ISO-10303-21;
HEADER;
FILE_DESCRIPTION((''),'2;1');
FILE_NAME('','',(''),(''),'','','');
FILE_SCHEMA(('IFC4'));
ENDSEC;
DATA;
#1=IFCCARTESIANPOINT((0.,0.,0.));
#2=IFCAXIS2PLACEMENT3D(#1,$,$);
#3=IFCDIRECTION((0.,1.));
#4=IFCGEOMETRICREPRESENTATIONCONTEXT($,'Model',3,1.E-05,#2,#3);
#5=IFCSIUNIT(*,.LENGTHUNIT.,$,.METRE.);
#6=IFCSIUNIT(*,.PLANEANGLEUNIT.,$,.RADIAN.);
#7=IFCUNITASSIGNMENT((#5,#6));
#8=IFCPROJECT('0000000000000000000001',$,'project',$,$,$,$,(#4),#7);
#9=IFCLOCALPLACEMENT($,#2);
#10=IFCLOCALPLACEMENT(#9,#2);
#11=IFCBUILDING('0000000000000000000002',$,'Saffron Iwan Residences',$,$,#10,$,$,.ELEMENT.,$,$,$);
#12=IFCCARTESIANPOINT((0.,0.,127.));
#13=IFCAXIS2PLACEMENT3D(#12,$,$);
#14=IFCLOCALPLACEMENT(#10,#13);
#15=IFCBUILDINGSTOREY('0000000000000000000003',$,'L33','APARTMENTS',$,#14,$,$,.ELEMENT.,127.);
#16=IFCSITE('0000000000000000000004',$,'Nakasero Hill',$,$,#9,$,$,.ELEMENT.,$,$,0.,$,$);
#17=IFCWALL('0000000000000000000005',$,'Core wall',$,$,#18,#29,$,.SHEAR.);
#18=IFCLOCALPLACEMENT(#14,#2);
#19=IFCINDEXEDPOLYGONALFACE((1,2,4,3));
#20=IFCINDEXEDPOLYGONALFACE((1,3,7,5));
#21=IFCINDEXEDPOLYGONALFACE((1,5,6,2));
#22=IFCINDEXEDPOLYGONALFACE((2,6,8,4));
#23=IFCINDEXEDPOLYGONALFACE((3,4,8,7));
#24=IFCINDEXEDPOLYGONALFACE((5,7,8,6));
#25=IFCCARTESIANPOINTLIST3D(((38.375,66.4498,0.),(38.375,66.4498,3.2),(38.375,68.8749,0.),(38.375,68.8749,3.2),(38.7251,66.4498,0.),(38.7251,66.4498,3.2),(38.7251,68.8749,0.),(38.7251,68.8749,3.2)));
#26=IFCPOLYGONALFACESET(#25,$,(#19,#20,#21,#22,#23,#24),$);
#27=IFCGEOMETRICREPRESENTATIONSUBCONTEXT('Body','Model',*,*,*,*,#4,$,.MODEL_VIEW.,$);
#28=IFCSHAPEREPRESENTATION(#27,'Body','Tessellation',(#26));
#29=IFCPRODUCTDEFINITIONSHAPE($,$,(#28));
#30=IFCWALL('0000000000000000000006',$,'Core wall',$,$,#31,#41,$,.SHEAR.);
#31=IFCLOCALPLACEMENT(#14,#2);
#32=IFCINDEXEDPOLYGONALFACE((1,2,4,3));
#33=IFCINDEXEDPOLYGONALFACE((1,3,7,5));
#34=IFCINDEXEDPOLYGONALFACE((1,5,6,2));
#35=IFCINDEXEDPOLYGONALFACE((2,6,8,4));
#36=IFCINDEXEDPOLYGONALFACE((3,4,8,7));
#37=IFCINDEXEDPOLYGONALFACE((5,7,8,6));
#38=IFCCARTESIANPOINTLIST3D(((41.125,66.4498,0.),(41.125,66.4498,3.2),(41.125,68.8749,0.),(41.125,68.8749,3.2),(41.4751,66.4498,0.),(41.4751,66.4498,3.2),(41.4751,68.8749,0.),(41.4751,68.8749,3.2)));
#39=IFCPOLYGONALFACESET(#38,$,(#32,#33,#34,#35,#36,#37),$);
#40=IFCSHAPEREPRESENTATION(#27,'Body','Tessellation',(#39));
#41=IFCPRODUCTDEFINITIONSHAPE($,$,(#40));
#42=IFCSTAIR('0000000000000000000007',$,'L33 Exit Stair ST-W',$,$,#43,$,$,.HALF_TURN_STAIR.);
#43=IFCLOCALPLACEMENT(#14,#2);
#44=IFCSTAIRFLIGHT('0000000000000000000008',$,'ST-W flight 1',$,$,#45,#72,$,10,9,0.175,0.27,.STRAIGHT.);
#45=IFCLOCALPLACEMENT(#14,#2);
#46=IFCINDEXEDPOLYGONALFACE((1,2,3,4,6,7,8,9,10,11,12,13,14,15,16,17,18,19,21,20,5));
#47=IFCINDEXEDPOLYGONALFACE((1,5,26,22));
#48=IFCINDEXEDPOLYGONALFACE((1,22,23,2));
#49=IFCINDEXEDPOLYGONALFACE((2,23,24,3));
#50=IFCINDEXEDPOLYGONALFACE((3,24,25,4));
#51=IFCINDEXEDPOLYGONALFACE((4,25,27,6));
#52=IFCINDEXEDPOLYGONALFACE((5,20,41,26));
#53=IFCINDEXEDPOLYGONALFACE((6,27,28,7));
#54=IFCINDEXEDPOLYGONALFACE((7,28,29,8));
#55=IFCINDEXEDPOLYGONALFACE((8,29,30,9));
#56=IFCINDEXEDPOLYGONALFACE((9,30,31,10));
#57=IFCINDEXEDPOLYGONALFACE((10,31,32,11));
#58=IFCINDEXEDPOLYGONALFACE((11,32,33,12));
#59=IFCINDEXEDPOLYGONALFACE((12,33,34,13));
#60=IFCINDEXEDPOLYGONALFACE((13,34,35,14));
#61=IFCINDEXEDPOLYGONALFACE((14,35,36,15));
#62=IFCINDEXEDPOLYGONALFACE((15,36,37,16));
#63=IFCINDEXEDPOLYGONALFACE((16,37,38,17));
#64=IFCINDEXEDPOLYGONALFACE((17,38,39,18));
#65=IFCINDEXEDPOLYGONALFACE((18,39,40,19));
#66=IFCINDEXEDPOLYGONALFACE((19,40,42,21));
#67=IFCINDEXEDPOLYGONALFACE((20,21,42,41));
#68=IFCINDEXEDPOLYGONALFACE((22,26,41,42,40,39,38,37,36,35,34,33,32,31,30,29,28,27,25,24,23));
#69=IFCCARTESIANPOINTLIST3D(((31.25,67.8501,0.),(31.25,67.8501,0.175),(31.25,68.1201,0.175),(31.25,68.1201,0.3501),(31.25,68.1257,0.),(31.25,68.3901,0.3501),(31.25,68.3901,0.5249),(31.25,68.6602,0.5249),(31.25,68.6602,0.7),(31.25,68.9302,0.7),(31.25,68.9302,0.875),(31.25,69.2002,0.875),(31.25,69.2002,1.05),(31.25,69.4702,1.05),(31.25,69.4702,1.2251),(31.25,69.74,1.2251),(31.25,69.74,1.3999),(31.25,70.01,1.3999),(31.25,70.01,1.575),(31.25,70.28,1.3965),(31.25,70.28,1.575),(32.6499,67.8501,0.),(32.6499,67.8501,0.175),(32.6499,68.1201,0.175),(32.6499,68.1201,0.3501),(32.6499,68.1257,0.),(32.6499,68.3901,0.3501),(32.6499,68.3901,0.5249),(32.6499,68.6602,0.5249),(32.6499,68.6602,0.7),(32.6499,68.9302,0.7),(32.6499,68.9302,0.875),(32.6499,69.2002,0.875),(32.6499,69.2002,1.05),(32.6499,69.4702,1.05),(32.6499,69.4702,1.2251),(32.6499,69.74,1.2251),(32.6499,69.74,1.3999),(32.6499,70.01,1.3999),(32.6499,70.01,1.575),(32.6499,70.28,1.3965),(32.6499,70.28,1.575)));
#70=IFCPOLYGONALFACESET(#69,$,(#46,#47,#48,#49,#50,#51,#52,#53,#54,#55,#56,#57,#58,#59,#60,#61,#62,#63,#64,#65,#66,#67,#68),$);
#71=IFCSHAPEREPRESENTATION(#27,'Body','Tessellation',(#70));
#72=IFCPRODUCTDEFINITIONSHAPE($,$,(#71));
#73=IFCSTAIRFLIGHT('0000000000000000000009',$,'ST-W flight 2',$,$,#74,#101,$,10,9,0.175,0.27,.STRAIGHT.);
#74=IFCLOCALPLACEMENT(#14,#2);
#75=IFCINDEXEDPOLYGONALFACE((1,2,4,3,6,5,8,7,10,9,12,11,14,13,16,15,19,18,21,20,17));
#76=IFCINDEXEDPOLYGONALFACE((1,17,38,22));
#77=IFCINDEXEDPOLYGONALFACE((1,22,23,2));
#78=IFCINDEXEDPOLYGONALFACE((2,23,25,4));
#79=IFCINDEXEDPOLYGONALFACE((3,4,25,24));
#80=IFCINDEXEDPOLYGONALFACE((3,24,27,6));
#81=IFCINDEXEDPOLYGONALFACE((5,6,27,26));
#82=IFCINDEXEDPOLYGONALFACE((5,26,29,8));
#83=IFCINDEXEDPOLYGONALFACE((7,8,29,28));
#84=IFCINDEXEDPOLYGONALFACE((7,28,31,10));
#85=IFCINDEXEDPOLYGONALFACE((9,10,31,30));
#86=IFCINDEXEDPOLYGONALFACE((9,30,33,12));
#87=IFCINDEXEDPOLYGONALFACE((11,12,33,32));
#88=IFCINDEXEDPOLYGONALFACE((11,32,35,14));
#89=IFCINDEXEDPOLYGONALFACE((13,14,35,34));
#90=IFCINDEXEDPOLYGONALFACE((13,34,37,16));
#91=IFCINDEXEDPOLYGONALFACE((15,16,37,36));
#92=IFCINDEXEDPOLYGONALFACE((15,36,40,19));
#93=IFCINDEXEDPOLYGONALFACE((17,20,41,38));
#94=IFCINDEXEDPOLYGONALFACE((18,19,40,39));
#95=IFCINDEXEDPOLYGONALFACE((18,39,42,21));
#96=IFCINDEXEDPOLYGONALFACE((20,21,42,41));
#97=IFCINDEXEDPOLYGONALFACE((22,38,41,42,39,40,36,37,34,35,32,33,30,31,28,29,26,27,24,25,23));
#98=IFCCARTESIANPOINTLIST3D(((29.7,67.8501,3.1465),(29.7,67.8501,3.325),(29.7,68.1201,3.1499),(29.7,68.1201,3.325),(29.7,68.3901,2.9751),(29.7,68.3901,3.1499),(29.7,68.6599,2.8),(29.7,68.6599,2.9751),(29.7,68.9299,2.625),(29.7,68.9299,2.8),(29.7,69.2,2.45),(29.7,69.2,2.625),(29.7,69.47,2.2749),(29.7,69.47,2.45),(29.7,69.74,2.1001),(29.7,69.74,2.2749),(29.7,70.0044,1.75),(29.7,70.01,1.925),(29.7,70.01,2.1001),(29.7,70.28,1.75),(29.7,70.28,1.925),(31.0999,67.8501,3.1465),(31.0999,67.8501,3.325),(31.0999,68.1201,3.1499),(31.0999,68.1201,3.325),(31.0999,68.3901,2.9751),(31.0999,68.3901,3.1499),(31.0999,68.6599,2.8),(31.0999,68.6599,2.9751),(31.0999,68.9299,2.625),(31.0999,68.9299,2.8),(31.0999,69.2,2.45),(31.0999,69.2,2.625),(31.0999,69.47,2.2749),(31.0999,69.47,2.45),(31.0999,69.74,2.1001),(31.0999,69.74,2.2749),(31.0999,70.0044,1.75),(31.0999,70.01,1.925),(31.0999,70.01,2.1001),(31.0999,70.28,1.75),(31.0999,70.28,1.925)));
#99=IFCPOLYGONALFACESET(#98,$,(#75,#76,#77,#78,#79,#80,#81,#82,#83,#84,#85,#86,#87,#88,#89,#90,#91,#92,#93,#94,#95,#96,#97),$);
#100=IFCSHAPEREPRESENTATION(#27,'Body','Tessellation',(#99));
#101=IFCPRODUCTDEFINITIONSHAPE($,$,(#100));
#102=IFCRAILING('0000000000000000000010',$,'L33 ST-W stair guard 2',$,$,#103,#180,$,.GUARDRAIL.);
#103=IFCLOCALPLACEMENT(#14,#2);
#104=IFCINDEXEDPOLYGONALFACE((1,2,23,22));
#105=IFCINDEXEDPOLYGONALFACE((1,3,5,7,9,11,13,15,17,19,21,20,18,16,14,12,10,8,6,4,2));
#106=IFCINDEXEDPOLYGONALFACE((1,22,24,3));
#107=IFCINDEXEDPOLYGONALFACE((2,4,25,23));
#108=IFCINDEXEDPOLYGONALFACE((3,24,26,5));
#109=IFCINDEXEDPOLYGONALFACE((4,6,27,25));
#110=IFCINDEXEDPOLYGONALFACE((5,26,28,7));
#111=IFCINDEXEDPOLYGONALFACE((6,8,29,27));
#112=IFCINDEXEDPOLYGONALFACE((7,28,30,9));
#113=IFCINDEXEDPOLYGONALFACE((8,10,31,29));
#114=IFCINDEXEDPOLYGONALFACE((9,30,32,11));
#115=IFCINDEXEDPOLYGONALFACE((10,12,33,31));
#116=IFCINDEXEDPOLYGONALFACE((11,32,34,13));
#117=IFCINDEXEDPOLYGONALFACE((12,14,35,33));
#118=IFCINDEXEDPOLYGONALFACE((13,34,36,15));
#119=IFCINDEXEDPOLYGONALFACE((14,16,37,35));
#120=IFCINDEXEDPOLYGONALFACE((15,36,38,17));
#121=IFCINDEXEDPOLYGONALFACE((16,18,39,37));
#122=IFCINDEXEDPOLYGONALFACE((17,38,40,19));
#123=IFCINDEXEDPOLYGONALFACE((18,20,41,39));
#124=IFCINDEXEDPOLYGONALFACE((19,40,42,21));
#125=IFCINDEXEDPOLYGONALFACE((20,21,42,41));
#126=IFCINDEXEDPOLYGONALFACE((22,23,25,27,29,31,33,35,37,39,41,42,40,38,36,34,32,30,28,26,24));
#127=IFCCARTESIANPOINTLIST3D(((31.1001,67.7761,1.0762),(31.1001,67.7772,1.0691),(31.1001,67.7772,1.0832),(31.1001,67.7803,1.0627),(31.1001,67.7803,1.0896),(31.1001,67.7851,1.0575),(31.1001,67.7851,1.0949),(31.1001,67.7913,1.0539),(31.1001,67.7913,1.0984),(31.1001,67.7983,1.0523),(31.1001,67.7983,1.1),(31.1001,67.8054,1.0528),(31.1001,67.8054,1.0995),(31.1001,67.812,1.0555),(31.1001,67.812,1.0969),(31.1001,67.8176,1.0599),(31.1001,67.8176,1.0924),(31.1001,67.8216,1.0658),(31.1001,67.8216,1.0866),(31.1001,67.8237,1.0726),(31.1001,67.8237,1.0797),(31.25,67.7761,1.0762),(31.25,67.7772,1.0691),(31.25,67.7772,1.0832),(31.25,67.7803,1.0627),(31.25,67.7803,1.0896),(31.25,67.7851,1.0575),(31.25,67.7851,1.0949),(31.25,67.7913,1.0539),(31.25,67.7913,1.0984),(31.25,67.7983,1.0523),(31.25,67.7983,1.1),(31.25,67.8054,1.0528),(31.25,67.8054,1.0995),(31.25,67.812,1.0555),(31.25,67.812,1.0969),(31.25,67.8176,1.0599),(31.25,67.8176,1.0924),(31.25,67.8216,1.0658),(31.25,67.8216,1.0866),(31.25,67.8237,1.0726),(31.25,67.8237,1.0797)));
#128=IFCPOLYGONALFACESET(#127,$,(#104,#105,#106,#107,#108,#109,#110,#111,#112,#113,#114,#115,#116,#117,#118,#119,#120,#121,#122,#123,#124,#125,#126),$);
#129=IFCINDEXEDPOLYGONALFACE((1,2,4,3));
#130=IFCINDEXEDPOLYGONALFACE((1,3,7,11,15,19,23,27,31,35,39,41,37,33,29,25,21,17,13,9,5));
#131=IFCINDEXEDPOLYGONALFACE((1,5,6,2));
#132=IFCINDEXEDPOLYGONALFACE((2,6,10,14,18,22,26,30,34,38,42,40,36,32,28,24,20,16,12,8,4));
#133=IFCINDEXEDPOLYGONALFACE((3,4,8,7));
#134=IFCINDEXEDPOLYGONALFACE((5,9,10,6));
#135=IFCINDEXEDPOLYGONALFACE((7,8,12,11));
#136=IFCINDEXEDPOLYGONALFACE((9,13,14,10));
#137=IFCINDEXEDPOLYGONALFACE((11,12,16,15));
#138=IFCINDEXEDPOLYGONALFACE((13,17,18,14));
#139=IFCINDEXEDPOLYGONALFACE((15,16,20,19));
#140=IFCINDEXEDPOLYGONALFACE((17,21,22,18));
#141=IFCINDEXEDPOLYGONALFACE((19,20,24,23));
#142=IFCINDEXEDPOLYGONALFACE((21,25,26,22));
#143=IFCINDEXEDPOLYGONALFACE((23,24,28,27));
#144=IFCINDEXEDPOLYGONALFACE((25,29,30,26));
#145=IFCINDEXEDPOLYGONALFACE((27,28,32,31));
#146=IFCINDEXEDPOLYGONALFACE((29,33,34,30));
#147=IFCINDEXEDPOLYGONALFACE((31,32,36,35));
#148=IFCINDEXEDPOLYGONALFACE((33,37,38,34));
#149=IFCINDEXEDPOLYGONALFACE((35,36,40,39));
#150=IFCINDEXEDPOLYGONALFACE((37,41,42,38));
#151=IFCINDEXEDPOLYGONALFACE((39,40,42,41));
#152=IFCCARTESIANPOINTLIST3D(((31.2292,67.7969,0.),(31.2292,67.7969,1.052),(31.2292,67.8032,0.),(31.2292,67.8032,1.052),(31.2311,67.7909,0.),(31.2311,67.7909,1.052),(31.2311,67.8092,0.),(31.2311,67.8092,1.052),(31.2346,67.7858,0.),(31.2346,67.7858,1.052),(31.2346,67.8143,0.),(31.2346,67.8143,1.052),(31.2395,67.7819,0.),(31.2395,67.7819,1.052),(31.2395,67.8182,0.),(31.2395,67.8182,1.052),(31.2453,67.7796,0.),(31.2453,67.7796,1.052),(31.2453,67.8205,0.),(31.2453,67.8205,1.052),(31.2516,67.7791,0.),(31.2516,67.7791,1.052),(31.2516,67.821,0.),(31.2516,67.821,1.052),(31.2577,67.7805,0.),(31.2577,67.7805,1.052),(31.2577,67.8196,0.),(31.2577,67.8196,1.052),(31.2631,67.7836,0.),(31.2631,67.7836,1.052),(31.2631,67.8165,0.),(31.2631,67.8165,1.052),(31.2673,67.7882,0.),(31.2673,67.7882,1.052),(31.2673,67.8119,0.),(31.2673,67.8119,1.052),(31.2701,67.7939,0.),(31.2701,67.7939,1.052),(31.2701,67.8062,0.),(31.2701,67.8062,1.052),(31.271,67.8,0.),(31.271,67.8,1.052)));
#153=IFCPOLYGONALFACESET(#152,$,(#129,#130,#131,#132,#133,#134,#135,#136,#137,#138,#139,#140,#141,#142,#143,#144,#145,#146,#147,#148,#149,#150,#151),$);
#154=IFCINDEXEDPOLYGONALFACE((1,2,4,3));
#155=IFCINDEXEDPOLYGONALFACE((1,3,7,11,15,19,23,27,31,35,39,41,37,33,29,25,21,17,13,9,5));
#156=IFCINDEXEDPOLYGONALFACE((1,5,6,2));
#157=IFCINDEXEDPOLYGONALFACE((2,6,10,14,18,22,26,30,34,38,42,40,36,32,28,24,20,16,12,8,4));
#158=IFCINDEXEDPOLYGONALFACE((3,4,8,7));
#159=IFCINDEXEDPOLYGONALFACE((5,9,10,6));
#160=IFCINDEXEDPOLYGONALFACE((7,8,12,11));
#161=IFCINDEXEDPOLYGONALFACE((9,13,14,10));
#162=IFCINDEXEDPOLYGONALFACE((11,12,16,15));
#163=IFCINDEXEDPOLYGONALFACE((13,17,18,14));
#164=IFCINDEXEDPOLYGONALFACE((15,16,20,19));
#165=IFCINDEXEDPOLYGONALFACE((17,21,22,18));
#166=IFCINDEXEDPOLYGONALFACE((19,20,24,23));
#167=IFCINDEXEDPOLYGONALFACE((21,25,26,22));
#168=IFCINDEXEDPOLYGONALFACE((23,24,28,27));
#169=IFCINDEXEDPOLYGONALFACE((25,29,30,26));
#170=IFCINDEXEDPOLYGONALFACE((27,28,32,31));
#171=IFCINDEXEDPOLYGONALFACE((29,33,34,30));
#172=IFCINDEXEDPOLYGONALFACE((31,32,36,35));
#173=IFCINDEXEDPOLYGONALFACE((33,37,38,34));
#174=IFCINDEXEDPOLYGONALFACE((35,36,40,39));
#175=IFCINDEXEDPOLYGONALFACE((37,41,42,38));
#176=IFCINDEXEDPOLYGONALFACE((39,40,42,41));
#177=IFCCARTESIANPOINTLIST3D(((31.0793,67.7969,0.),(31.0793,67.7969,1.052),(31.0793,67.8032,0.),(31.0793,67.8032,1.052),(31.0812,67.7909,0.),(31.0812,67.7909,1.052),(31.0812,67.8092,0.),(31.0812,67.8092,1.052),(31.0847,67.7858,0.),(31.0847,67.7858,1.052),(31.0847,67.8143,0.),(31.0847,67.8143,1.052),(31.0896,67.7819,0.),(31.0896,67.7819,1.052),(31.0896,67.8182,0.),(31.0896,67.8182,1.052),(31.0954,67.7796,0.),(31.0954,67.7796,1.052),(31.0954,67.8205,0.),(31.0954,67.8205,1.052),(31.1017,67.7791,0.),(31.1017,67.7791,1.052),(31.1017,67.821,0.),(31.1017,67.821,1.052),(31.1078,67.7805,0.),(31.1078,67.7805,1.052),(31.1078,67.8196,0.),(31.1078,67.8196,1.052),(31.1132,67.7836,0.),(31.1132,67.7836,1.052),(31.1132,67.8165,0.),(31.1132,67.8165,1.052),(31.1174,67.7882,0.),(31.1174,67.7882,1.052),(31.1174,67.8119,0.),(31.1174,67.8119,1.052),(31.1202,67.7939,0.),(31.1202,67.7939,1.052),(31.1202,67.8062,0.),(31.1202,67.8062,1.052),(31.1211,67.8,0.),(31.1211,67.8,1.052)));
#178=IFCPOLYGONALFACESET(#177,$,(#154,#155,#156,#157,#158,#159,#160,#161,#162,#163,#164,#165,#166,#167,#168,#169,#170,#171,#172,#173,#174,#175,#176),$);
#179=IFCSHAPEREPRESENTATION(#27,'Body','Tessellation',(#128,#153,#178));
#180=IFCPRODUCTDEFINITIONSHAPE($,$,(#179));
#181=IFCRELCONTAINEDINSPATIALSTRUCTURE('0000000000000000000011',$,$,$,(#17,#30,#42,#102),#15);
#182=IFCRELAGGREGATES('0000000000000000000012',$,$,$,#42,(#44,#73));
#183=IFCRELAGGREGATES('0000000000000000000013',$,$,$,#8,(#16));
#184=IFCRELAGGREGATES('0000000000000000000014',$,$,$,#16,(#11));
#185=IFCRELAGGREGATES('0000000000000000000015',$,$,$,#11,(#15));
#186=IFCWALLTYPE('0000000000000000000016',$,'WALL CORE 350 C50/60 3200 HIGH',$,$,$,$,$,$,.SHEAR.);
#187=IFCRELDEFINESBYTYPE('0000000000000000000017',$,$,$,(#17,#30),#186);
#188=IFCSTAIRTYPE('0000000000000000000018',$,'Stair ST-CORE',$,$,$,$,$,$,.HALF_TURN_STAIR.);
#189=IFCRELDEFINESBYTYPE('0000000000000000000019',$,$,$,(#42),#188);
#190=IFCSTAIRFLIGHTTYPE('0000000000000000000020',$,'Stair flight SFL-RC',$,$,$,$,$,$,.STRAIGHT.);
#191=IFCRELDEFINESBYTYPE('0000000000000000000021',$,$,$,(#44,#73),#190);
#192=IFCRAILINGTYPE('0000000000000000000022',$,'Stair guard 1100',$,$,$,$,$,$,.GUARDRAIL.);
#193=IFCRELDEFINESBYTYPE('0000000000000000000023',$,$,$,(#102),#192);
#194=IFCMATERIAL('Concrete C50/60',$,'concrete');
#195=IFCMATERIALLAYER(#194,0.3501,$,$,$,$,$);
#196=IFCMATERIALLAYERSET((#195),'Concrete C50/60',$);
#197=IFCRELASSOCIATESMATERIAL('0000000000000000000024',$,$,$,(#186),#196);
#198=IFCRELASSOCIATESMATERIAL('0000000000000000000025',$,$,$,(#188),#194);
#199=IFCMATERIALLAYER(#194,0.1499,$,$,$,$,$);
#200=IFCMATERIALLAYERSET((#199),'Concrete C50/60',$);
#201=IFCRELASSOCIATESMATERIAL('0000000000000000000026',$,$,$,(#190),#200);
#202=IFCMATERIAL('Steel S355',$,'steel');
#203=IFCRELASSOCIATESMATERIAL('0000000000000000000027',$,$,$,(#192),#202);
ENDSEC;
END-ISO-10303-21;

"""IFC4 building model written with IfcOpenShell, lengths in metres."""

from ifc_helpers import new_model, si_unit, direction, frame, frame_2d, origin, origin_2d, place, context, subcontext, project, spatial, polyline, rectangle, circle, outline, extrude, material, layer, layer_set, type_object, element, aggregate, save


model = new_model("IFC4")

# Units and contexts
model_context = context("Model", 3, precision=1e-05, world=origin(), true_north=direction((0.0, 1.0)))
body_context = subcontext(model_context, "Body", "Model", "MODEL_VIEW")
ifc_project = project(units=[si_unit("LENGTHUNIT", "METRE"), si_unit("PLANEANGLEUNIT", "RADIAN")], contexts=[model_context])

# Site, building, storey
site_placement = place(None, origin())
site = spatial("IfcSite", under=ifc_project, at=site_placement, Name="Nakasero Hill", CompositionType="ELEMENT", RefElevation=0.0)
building_placement = place(site_placement, origin())
building = spatial("IfcBuilding", under=site, at=building_placement, Name="Saffron Iwan Residences", CompositionType="ELEMENT")
storey_placement = place(building_placement, frame((0.0, 0.0, 127.0)))
storey = spatial("IfcBuildingStorey", under=building, at=storey_placement, Name="L33", Description="APARTMENTS", CompositionType="ELEMENT", Elevation=127.0)

# Shared definitions
ifc_material_1 = material(Name="Concrete C50/60", Category="concrete")

# Shared definitions
ifc_layer_1 = layer(ifc_material_1, 0.3501)
ifc_layer_set_1 = layer_set([ifc_layer_1], Name="Concrete C50/60")
wall_type = type_object("IfcWallType", Name="WALL CORE 350 C50/60 3200 HIGH", PredefinedType="SHEAR", material=ifc_layer_set_1)

# Walls
for number, where, z_axis, x_axis, name in (
    (1, (38.55, 66.45, 0.0), (0.0, 0.0, 1.0), (0.0, 1.0, 0.0), "Core wall"),
    (2, (41.3, 66.45, 0.0), (0.0, 0.0, 1.0), (0.0, 1.0, 0.0), "Core wall"),
):
    element("IfcWall", number, at=place(storey_placement, frame(where, z_axis=z_axis, x_axis=x_axis)), inside=storey, type_object=wall_type, Name=name, PredefinedType="SHEAR", context=body_context, shape_type="SweptSolid", body=[
        extrude(rectangle(XDim=2.425, YDim=0.3501, at=frame_2d((1.2124, 0.0))), origin(), (0.0, 0.0, 1.0), 3.2),
    ])

# Stair, stair flights
stair_type = type_object("IfcStairType", Name="Stair ST-CORE", PredefinedType="HALF_TURN_STAIR", material=ifc_material_1)
stair_placement = place(storey_placement, origin())
stair = element("IfcStair", 3, at=stair_placement, inside=storey, type_object=stair_type, Name="L33 Exit Stair ST-W", PredefinedType="HALF_TURN_STAIR")
ifc_layer_2 = layer(ifc_material_1, 0.1499)
ifc_layer_set_2 = layer_set([ifc_layer_2], Name="Concrete C50/60")
stair_flight_type = type_object("IfcStairFlightType", Name="Stair flight SFL-RC", PredefinedType="STRAIGHT", material=ifc_layer_set_2)
stair_flight_1_placement = place(storey_placement, frame((31.95, 67.8501, 0.0), z_axis=(0.0, 0.0, 1.0), x_axis=(0.0, 1.0, 0.0)))
stair_flight_1 = element("IfcStairFlight", 4, at=stair_flight_1_placement, type_object=stair_flight_type, Name="ST-W flight 1", NumberOfRisers=10, NumberOfTreads=9, PredefinedType="STRAIGHT", RiserHeight=0.175, TreadLength=0.27, context=body_context, shape_type="SweptSolid", body=[
    extrude(outline(polyline([(0.0, 0.0), (0.0, 0.175), (0.27, 0.175), (0.27, 0.3501), (0.54, 0.3501), (0.54, 0.5249), (0.8101, 0.5249), (0.8101, 0.7), (1.0801, 0.7), (1.0801, 0.875), (1.3501, 0.875), (1.3501, 1.05), (1.6201, 1.05), (1.6201, 1.2251), (1.8899, 1.2251), (1.8899, 1.3999), (2.1599, 1.3999), (2.1599, 1.575), (2.4299, 1.575), (2.4299, 1.75), (2.4299, 1.3965), (0.2756, 0.0), (0.0, 0.0)])), frame((0.0, 0.7, 0.0), z_axis=(0.0, -1.0, 0.0), x_axis=(1.0, 0.0, 0.0)), (0.0, 0.0, 1.0), 1.3999),
])
stair_flight_2_placement = place(storey_placement, frame((30.3999, 70.28, 1.75), z_axis=(0.0, 0.0, 1.0), x_axis=(0.0, -1.0, 0.0)))
stair_flight_2 = element("IfcStairFlight", 5, at=stair_flight_2_placement, type_object=stair_flight_type, Name="ST-W flight 2", NumberOfRisers=10, NumberOfTreads=9, PredefinedType="STRAIGHT", RiserHeight=0.175, TreadLength=0.27, context=body_context, shape_type="SweptSolid", body=[
    extrude(outline(polyline([(0.0, 0.0), (0.0, 0.175), (0.27, 0.175), (0.27, 0.3501), (0.54, 0.3501), (0.54, 0.5249), (0.8101, 0.5249), (0.8101, 0.7), (1.0801, 0.7), (1.0801, 0.875), (1.3501, 0.875), (1.3501, 1.05), (1.6201, 1.05), (1.6201, 1.2251), (1.8899, 1.2251), (1.8899, 1.3999), (2.1599, 1.3999), (2.1599, 1.575), (2.4299, 1.575), (2.4299, 1.75), (2.4299, 1.3965), (0.2756, 0.0), (0.0, 0.0)])), frame((0.0, 0.7, 0.0), z_axis=(0.0, -1.0, 0.0), x_axis=(1.0, 0.0, 0.0)), (0.0, 0.0, 1.0), 1.3999),
])
aggregate(stair, [stair_flight_1, stair_flight_2])

# Railing
ifc_material_2 = material(Name="Steel S355", Category="steel")
railing_type_1 = type_object("IfcRailingType", Name="Stair guard 1100", PredefinedType="GUARDRAIL", material=ifc_material_2)
railing_1_placement = place(storey_placement, frame((31.25, 67.8, 0.0)))
element("IfcRailing", 6, at=railing_1_placement, inside=storey, type_object=railing_type_1, Name="L33 ST-W stair guard 2", PredefinedType="GUARDRAIL", context=body_context, shape_type="SweptSolid", body=[
    extrude(circle(Radius=0.0239, at=origin_2d()), frame((0.0, 0.0, 1.0762), z_axis=(-1.0, 0.0, 0.0), x_axis=(0.0, -1.0, 0.0)), (0.0, 0.0, 1.0), 0.1499),
    extrude(circle(Radius=0.021, at=origin_2d()), origin(), (0.0, 0.0, 1.0), 1.052),
    extrude(circle(Radius=0.021, at=origin_2d()), frame((-0.1499, 0.0, 0.0)), (0.0, 0.0, 1.0), 1.052),
])

save(model, "model.ifc")
